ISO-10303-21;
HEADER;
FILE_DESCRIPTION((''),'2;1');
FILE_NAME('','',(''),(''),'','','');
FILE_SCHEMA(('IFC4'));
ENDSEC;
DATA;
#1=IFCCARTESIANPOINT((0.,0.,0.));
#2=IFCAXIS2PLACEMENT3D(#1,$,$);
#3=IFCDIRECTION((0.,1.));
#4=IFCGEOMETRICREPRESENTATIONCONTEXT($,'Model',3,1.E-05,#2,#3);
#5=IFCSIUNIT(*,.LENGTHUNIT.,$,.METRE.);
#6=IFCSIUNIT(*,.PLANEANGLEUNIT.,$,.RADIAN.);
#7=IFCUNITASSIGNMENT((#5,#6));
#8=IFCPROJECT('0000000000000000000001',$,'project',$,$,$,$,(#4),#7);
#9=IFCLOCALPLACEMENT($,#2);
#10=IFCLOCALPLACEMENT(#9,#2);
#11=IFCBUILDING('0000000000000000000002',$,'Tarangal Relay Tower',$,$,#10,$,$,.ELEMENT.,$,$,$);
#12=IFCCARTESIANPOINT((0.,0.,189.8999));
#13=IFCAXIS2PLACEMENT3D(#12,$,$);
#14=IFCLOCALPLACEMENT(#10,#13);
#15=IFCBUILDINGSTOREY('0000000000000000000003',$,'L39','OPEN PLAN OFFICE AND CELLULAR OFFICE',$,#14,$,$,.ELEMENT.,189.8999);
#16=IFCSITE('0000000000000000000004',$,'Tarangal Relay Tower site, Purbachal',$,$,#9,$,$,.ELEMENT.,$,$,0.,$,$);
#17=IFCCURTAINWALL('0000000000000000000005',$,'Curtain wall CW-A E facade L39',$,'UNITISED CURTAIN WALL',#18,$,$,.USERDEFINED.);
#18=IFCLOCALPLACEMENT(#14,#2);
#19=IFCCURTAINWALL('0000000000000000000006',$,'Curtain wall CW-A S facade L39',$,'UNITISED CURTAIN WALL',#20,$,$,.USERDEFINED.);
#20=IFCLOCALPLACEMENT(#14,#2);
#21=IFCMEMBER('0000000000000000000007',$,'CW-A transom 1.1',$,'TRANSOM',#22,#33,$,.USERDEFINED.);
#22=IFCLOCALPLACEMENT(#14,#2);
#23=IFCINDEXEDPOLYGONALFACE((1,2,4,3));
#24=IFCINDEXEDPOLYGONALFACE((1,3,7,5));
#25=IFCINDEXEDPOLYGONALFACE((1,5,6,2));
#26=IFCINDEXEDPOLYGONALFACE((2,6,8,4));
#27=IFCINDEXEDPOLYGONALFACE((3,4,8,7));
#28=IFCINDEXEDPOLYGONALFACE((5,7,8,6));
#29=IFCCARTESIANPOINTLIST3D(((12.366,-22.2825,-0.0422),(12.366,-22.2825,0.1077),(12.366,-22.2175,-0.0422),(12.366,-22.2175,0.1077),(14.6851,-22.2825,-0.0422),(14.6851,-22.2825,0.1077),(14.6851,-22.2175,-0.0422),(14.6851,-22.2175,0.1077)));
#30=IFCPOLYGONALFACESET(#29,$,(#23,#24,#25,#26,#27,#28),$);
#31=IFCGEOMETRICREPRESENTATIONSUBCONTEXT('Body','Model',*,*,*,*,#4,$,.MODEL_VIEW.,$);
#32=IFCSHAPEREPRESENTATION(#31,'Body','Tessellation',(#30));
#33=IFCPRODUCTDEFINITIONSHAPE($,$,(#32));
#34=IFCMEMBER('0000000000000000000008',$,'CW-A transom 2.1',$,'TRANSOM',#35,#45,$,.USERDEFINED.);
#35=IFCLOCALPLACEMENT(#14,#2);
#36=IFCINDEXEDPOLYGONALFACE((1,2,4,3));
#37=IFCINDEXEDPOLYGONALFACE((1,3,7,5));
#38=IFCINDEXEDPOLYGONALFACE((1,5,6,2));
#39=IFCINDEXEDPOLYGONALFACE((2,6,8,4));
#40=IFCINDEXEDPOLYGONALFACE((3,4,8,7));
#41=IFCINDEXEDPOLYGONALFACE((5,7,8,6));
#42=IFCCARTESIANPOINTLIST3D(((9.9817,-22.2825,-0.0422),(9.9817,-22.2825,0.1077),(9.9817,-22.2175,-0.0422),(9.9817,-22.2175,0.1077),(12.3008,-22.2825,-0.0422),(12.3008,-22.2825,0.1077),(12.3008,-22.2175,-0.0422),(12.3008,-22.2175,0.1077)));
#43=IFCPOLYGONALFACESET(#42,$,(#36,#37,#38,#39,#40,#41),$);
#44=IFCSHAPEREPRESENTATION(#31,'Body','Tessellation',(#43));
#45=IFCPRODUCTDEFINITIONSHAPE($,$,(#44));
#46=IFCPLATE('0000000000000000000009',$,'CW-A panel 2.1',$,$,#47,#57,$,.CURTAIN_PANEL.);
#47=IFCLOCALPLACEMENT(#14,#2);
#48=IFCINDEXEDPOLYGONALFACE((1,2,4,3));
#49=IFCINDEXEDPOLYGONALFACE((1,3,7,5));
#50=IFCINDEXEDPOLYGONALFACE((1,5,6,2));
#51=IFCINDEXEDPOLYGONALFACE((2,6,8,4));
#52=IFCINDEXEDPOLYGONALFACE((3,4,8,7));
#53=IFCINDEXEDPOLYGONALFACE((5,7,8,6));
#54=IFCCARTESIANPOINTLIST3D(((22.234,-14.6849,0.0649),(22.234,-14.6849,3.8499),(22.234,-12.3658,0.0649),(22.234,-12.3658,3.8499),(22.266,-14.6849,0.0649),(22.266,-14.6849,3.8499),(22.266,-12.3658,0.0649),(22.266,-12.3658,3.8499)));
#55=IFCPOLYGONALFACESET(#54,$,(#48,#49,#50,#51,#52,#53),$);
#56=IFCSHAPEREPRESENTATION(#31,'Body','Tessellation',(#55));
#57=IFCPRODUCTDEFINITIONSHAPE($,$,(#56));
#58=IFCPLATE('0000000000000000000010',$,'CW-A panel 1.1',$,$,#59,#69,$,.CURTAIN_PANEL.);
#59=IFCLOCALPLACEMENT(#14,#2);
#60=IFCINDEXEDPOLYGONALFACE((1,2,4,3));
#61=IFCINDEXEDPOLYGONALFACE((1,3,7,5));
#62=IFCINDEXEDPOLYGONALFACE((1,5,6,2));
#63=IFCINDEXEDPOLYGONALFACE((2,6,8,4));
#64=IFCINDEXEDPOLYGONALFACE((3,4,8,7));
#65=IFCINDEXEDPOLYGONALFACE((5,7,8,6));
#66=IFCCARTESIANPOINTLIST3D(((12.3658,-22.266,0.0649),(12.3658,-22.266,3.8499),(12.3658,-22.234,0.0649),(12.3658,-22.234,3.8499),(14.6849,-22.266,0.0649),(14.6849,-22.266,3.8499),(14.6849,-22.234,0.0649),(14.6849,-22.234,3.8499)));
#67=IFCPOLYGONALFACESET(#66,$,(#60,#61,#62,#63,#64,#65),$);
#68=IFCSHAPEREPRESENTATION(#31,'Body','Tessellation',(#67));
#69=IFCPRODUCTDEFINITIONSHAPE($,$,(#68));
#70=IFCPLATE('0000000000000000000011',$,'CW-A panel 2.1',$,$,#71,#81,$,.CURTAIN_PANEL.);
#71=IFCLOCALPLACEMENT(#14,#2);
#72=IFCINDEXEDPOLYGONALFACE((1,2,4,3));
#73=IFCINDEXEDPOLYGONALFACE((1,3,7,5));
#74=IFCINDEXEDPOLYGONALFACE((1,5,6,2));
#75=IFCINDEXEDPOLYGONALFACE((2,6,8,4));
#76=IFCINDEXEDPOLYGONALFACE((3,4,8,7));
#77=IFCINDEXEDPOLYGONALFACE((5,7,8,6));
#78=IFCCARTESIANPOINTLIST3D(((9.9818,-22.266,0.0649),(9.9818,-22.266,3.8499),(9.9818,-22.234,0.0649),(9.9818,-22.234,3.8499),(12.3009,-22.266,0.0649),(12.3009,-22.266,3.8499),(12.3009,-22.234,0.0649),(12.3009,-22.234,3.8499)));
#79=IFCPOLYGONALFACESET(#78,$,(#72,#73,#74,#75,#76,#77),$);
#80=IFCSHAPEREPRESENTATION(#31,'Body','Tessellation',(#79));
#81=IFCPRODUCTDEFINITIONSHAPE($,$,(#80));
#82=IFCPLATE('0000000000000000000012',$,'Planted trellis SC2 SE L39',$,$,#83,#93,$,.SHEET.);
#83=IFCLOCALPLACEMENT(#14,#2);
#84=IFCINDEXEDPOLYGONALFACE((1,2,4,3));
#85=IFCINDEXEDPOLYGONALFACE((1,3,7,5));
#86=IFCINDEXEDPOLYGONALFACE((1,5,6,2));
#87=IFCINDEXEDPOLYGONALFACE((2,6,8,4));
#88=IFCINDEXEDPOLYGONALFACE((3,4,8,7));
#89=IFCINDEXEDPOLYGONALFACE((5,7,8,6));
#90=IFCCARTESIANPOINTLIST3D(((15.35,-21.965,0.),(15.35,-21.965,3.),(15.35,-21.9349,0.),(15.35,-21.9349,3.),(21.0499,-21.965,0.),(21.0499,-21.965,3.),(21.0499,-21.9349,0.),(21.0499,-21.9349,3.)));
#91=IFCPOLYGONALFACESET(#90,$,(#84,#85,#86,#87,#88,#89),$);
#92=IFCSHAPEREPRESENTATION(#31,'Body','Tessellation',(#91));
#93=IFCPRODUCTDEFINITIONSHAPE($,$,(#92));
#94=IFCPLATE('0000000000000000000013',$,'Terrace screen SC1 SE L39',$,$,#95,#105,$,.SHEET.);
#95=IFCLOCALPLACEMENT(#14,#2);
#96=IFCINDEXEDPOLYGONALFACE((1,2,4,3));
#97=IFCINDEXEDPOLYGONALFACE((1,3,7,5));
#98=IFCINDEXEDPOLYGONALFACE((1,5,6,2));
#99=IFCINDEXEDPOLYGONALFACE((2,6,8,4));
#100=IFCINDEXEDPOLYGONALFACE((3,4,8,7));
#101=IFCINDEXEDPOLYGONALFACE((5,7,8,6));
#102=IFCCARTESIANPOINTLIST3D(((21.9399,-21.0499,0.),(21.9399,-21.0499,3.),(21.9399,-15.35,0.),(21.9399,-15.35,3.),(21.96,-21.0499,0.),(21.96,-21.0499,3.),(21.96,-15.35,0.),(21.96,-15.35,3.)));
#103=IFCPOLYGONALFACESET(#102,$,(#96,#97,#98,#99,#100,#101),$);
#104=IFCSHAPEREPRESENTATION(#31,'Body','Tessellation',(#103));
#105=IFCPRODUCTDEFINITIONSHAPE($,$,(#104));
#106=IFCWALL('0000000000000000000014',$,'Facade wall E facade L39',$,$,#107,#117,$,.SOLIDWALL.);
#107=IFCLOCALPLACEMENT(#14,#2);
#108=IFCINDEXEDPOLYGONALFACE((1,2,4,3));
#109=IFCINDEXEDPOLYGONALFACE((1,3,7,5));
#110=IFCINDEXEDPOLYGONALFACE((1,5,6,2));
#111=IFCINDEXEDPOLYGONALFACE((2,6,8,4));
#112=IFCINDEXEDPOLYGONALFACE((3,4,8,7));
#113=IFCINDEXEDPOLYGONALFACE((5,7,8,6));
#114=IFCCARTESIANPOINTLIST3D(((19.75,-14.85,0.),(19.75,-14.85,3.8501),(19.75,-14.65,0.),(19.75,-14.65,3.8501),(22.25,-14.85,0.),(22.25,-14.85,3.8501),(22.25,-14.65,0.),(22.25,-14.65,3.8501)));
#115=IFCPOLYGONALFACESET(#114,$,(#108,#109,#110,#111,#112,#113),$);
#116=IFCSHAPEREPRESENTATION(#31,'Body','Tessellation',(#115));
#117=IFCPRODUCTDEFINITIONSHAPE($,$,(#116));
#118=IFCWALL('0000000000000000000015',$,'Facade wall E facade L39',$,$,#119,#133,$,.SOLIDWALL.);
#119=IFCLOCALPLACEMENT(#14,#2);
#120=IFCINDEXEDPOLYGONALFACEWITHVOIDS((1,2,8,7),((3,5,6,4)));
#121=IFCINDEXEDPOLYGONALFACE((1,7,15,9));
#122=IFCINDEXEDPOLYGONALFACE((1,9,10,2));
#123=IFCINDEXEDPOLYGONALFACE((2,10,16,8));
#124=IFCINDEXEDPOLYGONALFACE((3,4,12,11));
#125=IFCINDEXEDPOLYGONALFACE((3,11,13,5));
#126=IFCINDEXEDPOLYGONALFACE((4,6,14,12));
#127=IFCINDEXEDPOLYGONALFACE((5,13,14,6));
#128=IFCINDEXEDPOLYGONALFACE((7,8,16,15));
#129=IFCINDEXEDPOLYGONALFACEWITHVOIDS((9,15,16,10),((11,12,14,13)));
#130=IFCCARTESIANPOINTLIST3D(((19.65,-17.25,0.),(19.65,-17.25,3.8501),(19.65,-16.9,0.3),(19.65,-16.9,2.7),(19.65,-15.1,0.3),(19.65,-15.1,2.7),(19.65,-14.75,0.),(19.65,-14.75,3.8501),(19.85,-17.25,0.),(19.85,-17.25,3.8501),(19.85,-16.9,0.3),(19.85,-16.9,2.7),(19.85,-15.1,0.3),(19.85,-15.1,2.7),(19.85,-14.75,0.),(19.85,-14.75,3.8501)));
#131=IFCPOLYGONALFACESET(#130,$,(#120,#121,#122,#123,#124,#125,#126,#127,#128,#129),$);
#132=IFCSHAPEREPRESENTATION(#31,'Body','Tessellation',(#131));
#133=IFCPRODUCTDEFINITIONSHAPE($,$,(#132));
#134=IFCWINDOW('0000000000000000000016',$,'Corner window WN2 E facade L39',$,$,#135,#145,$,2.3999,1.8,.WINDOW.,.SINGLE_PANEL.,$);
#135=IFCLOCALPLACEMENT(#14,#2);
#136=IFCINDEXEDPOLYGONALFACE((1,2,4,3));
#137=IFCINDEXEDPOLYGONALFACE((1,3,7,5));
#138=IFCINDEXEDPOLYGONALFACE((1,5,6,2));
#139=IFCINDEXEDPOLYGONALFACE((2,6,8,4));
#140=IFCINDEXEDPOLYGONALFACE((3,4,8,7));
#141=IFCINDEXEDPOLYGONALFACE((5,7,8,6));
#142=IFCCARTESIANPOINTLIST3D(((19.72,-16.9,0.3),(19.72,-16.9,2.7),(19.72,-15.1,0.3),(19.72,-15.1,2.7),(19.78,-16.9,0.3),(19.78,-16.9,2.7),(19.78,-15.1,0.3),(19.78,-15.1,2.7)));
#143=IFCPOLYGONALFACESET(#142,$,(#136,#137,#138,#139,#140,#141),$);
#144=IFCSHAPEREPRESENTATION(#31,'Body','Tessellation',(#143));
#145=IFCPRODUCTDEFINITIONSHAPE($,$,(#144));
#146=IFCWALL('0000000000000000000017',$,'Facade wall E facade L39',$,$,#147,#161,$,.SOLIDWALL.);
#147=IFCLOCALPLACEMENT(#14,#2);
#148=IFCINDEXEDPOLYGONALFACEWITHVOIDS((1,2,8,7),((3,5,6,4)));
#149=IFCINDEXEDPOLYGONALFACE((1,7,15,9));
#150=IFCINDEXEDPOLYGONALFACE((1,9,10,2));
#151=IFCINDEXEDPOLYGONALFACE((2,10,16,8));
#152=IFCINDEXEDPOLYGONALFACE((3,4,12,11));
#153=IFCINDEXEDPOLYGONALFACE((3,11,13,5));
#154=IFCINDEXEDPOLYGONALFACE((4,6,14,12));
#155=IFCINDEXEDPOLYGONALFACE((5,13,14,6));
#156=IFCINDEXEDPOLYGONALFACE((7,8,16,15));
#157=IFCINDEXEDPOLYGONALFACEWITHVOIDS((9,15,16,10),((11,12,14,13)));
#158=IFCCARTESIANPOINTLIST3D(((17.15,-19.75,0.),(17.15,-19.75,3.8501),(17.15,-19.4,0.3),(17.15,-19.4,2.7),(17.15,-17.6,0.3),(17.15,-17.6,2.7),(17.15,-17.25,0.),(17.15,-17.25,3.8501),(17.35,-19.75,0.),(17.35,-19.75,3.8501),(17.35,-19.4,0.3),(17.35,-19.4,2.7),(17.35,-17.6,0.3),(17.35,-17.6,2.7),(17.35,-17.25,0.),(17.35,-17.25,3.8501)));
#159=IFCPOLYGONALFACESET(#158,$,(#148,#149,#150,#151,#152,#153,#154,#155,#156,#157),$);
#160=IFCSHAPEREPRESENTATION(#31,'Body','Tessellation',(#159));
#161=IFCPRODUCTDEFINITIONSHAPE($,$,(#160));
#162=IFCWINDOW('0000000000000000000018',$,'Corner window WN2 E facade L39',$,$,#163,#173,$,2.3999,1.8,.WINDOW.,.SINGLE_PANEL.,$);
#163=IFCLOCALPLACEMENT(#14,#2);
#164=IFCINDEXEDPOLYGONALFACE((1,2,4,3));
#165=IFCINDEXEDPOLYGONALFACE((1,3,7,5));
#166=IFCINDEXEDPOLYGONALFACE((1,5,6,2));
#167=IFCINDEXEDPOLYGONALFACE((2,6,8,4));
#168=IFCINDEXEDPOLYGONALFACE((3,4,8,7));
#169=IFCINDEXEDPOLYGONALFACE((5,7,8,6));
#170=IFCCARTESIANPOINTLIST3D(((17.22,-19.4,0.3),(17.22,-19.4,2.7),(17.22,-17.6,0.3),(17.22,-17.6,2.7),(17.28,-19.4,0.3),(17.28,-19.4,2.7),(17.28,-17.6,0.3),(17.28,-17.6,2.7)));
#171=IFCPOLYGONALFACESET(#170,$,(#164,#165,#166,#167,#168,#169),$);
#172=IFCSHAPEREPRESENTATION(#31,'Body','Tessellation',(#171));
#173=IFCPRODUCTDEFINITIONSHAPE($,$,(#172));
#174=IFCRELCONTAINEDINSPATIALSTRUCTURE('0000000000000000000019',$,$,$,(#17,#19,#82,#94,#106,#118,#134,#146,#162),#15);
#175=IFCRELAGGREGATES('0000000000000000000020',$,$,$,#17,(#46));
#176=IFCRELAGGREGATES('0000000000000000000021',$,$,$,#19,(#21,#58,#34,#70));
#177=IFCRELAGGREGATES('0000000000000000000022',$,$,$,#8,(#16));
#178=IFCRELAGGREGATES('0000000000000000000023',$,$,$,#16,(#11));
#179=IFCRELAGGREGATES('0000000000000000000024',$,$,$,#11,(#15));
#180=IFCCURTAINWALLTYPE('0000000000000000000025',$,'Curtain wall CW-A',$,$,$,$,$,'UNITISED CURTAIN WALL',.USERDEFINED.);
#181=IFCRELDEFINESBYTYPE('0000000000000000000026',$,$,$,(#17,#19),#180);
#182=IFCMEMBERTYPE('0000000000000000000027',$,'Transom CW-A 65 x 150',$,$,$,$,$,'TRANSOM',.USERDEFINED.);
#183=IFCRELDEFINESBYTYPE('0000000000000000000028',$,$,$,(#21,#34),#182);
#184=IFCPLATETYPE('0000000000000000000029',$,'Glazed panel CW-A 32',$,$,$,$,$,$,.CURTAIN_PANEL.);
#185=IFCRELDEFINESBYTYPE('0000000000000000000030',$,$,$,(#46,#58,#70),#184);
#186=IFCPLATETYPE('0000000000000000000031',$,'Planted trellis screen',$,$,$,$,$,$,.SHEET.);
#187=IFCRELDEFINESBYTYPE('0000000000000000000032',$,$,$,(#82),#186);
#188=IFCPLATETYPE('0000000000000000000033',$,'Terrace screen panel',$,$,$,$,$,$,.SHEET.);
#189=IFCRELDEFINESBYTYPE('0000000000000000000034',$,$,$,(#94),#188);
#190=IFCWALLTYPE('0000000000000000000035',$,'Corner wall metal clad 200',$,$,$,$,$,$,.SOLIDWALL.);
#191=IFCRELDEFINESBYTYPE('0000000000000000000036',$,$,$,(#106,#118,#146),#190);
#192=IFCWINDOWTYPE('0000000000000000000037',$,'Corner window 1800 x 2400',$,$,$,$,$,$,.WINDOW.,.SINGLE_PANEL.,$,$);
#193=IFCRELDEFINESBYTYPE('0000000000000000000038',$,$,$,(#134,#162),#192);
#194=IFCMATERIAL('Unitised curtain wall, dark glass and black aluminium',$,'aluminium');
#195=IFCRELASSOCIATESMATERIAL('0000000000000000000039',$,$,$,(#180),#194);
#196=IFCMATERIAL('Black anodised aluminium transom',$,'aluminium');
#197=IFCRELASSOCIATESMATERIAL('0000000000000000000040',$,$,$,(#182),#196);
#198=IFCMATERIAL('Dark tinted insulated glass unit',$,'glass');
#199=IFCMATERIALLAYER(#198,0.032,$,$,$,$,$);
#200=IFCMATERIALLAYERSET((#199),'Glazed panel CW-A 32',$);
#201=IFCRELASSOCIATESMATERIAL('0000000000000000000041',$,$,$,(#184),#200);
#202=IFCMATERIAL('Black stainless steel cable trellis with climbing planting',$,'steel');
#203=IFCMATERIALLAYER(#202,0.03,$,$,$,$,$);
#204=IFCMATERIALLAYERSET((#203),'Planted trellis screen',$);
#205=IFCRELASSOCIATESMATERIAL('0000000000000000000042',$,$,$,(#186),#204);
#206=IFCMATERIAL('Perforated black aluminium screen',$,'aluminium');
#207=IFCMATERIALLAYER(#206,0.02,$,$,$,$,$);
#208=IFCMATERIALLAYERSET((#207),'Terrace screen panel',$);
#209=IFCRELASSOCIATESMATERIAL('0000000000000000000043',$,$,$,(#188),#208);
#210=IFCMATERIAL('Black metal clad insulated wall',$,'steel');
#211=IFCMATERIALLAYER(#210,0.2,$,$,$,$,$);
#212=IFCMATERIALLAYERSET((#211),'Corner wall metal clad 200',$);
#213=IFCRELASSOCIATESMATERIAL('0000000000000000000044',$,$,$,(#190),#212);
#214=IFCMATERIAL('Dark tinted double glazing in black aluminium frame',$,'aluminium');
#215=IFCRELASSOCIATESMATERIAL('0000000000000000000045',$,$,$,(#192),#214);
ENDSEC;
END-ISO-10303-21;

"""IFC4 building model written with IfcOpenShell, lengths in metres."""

from ifc_helpers import new_model, si_unit, direction, frame, frame_2d, origin, origin_2d, place, context, subcontext, project, spatial, rectangle, extrude, material, layer, layer_set, material_profile, profile_set, type_object, element, fill, aggregate, save


model = new_model("IFC4")

# Units and contexts
model_context = context("Model", 3, precision=1e-05, world=origin(), true_north=direction((0.0, 1.0)))
body_context = subcontext(model_context, "Body", "Model", "MODEL_VIEW")
ifc_project = project(units=[si_unit("LENGTHUNIT", "METRE"), si_unit("PLANEANGLEUNIT", "RADIAN")], contexts=[model_context])

# Site, building, storey
site_placement = place(None, origin())
site = spatial("IfcSite", under=ifc_project, at=site_placement, Name="Tarangal Relay Tower site, Purbachal", CompositionType="ELEMENT", RefElevation=0.0)
building_placement = place(site_placement, origin())
building = spatial("IfcBuilding", under=site, at=building_placement, Name="Tarangal Relay Tower", CompositionType="ELEMENT")
storey_placement = place(building_placement, frame((0.0, 0.0, 189.8999)))
storey = spatial("IfcBuildingStorey", under=building, at=storey_placement, Name="L39", Description="OPEN PLAN OFFICE AND CELLULAR OFFICE", CompositionType="ELEMENT", Elevation=189.8999)

# Curtain walls
ifc_material_1 = material(Name="Unitised curtain wall, dark glass and black aluminium", Category="aluminium")
curtain_wall_type = type_object("IfcCurtainWallType", Name="Curtain wall CW-A", ElementType="UNITISED CURTAIN WALL", PredefinedType="USERDEFINED", material=ifc_material_1)
curtain_wall_1_placement = place(storey_placement, origin())
curtain_wall_1 = element("IfcCurtainWall", 1, at=curtain_wall_1_placement, inside=storey, type_object=curtain_wall_type, Name="Curtain wall CW-A E facade L39", ObjectType="UNITISED CURTAIN WALL", PredefinedType="USERDEFINED")
curtain_wall_2_placement = place(storey_placement, origin())
curtain_wall_2 = element("IfcCurtainWall", 2, at=curtain_wall_2_placement, inside=storey, type_object=curtain_wall_type, Name="Curtain wall CW-A S facade L39", ObjectType="UNITISED CURTAIN WALL", PredefinedType="USERDEFINED")

# Members
ifc_material_2 = material(Name="Black anodised aluminium transom", Category="aluminium")
ifc_material_profile_1 = material_profile(ifc_material_2, rectangle(XDim=0.0649, YDim=0.1499, at=origin_2d()), Name="CW-AT 65X150")
ifc_profile_set_1 = profile_set([ifc_material_profile_1], Name="Black anodised aluminium transom")
member_type_1 = type_object("IfcMemberType", Name="Transom CW-A 65 x 150", ElementType="TRANSOM", PredefinedType="USERDEFINED", material=ifc_profile_set_1)
member_1_placement = place(storey_placement, frame((14.6851, -22.25, 0.0327), z_axis=(-1.0, 0.0, 0.0), x_axis=(0.0, -1.0, 0.0)))
member_1 = element("IfcMember", 3, at=member_1_placement, type_object=member_type_1, Name="CW-A transom 1.1", ObjectType="TRANSOM", PredefinedType="USERDEFINED", context=body_context, shape_type="SweptSolid", body=[
    extrude(rectangle(XDim=0.0649, YDim=0.1499, at=origin_2d()), origin(), (0.0, 0.0, 1.0), 2.3191),
])
member_2_placement = place(storey_placement, frame((12.3008, -22.25, 0.0327), z_axis=(-1.0, 0.0, 0.0), x_axis=(0.0, -1.0, 0.0)))
member_2 = element("IfcMember", 4, at=member_2_placement, type_object=member_type_1, Name="CW-A transom 2.1", ObjectType="TRANSOM", PredefinedType="USERDEFINED", context=body_context, shape_type="SweptSolid", body=[
    extrude(rectangle(XDim=0.0649, YDim=0.1499, at=origin_2d()), origin(), (0.0, 0.0, 1.0), 2.3191),
])

# Plates
ifc_material_3 = material(Name="Dark tinted insulated glass unit", Category="glass")
ifc_layer_1 = layer(ifc_material_3, 0.032)
ifc_layer_set_1 = layer_set([ifc_layer_1], Name="Glazed panel CW-A 32")
plate_type_1 = type_object("IfcPlateType", Name="Glazed panel CW-A 32", PredefinedType="CURTAIN_PANEL", material=ifc_layer_set_1)
plate_1_placement = place(storey_placement, frame((22.25, -13.5254, 0.0649), z_axis=(0.0, 0.0, 1.0), x_axis=(0.0, -1.0, 0.0)))
plate_1 = element("IfcPlate", 5, at=plate_1_placement, type_object=plate_type_1, Name="CW-A panel 2.1", PredefinedType="CURTAIN_PANEL", context=body_context, shape_type="SweptSolid", body=[
    extrude(rectangle(XDim=2.3191, YDim=0.032, at=origin_2d()), origin(), (0.0, 0.0, 1.0), 3.7849),
])
aggregate(curtain_wall_1, [plate_1])
plate_2_placement = place(storey_placement, frame((13.5254, -22.25, 0.0649), z_axis=(0.0, 0.0, 1.0), x_axis=(-1.0, 0.0, 0.0)))
plate_2 = element("IfcPlate", 6, at=plate_2_placement, type_object=plate_type_1, Name="CW-A panel 1.1", PredefinedType="CURTAIN_PANEL", context=body_context, shape_type="SweptSolid", body=[
    extrude(rectangle(XDim=2.3191, YDim=0.032, at=origin_2d()), origin(), (0.0, 0.0, 1.0), 3.7849),
])
plate_3_placement = place(storey_placement, frame((11.1414, -22.25, 0.0649), z_axis=(0.0, 0.0, 1.0), x_axis=(-1.0, 0.0, 0.0)))
plate_3 = element("IfcPlate", 7, at=plate_3_placement, type_object=plate_type_1, Name="CW-A panel 2.1", PredefinedType="CURTAIN_PANEL", context=body_context, shape_type="SweptSolid", body=[
    extrude(rectangle(XDim=2.3191, YDim=0.032, at=origin_2d()), origin(), (0.0, 0.0, 1.0), 3.7849),
])
aggregate(curtain_wall_2, [member_1, plate_2, member_2, plate_3])

# Plates
ifc_material_4 = material(Name="Black stainless steel cable trellis with climbing planting", Category="steel")
ifc_layer_2 = layer(ifc_material_4, 0.03)
ifc_layer_set_2 = layer_set([ifc_layer_2], Name="Planted trellis screen")
plate_type_2 = type_object("IfcPlateType", Name="Planted trellis screen", PredefinedType="SHEET", material=ifc_layer_set_2)
plate_4_placement = place(storey_placement, frame((18.2, -21.95, 0.0), z_axis=(0.0, 0.0, 1.0), x_axis=(-1.0, 0.0, 0.0)))
element("IfcPlate", 8, at=plate_4_placement, inside=storey, type_object=plate_type_2, Name="Planted trellis SC2 SE L39", PredefinedType="SHEET", context=body_context, shape_type="SweptSolid", body=[
    extrude(rectangle(XDim=5.7, YDim=0.03, at=origin_2d()), origin(), (0.0, 0.0, 1.0), 3.0),
])
ifc_material_5 = material(Name="Perforated black aluminium screen", Category="aluminium")
ifc_layer_3 = layer(ifc_material_5, 0.02)
ifc_layer_set_3 = layer_set([ifc_layer_3], Name="Terrace screen panel")
plate_type_3 = type_object("IfcPlateType", Name="Terrace screen panel", PredefinedType="SHEET", material=ifc_layer_set_3)
plate_5_placement = place(storey_placement, frame((21.95, -18.2, 0.0), z_axis=(0.0, 0.0, 1.0), x_axis=(0.0, -1.0, 0.0)))
element("IfcPlate", 9, at=plate_5_placement, inside=storey, type_object=plate_type_3, Name="Terrace screen SC1 SE L39", PredefinedType="SHEET", context=body_context, shape_type="SweptSolid", body=[
    extrude(rectangle(XDim=5.7, YDim=0.02, at=origin_2d()), origin(), (0.0, 0.0, 1.0), 3.0),
])

# Wall
ifc_material_6 = material(Name="Black metal clad insulated wall", Category="steel")
ifc_layer_4 = layer(ifc_material_6, 0.2)
ifc_layer_set_4 = layer_set([ifc_layer_4], Name="Corner wall metal clad 200")
wall_type_1 = type_object("IfcWallType", Name="Corner wall metal clad 200", PredefinedType="SOLIDWALL", material=ifc_layer_set_4)
wall_1_placement = place(storey_placement, frame((22.25, -14.75, 0.0), z_axis=(0.0, 0.0, 1.0), x_axis=(-1.0, 0.0, 0.0)))
element("IfcWall", 10, at=wall_1_placement, inside=storey, type_object=wall_type_1, Name="Facade wall E facade L39", PredefinedType="SOLIDWALL", context=body_context, shape_type="SweptSolid", body=[
    extrude(rectangle(XDim=2.5, YDim=0.2, at=frame_2d((1.25, 0.0))), origin(), (0.0, 0.0, 1.0), 3.8501),
])

# Wall, opening, window
wall_2_placement = place(storey_placement, frame((19.75, -14.75, 0.0), z_axis=(0.0, 0.0, 1.0), x_axis=(0.0, -1.0, 0.0)))
wall_2 = element("IfcWall", 11, at=wall_2_placement, inside=storey, type_object=wall_type_1, Name="Facade wall E facade L39", PredefinedType="SOLIDWALL", context=body_context, shape_type="SweptSolid", body=[
    extrude(rectangle(XDim=2.5, YDim=0.2, at=frame_2d((1.25, 0.0))), origin(), (0.0, 0.0, 1.0), 3.8501),
])
opening_1_placement = place(wall_2_placement, frame((0.3501, 0.0, 0.3)))
opening_1 = element("IfcOpeningElement", 12, at=opening_1_placement, cuts=wall_2, PredefinedType="OPENING", context=body_context, shape_type="SweptSolid", body=[
    extrude(rectangle(XDim=1.8, YDim=2.3999, at=frame_2d((0.8999, 1.2))), frame((0.0, 0.1099, 0.0), z_axis=(0.0, -1.0, 0.0), x_axis=(1.0, 0.0, 0.0)), (0.0, 0.0, 1.0), 0.22),
])
ifc_material_7 = material(Name="Dark tinted double glazing in black aluminium frame", Category="aluminium")
window_type = type_object("IfcWindowType", Name="Corner window 1800 x 2400", PartitioningType="SINGLE_PANEL", PredefinedType="WINDOW", material=ifc_material_7)
window_1_placement = place(opening_1_placement, origin())
window_1 = element("IfcWindow", 13, at=window_1_placement, inside=storey, type_object=window_type, Name="Corner window WN2 E facade L39", OverallHeight=2.3999, OverallWidth=1.8, PartitioningType="SINGLE_PANEL", PredefinedType="WINDOW", context=body_context, shape_type="SweptSolid", body=[
    extrude(rectangle(XDim=1.8, YDim=2.3999, at=frame_2d((0.8999, 1.2))), frame((0.0, 0.03, 0.0), z_axis=(0.0, -1.0, 0.0), x_axis=(1.0, 0.0, 0.0)), (0.0, 0.0, 1.0), 0.0601),
])
fill(opening_1, window_1)

# Wall, opening, window
wall_3_placement = place(storey_placement, frame((17.25, -17.25, 0.0), z_axis=(0.0, 0.0, 1.0), x_axis=(0.0, -1.0, 0.0)))
wall_3 = element("IfcWall", 14, at=wall_3_placement, inside=storey, type_object=wall_type_1, Name="Facade wall E facade L39", PredefinedType="SOLIDWALL", context=body_context, shape_type="SweptSolid", body=[
    extrude(rectangle(XDim=2.5, YDim=0.2, at=frame_2d((1.25, 0.0))), origin(), (0.0, 0.0, 1.0), 3.8501),
])
opening_2_placement = place(wall_3_placement, frame((0.3501, 0.0, 0.3)))
opening_2 = element("IfcOpeningElement", 15, at=opening_2_placement, cuts=wall_3, PredefinedType="OPENING", context=body_context, shape_type="SweptSolid", body=[
    extrude(rectangle(XDim=1.8, YDim=2.3999, at=frame_2d((0.8999, 1.2))), frame((0.0, 0.1099, 0.0), z_axis=(0.0, -1.0, 0.0), x_axis=(1.0, 0.0, 0.0)), (0.0, 0.0, 1.0), 0.22),
])
window_2_placement = place(opening_2_placement, origin())
window_2 = element("IfcWindow", 16, at=window_2_placement, inside=storey, type_object=window_type, Name="Corner window WN2 E facade L39", OverallHeight=2.3999, OverallWidth=1.8, PartitioningType="SINGLE_PANEL", PredefinedType="WINDOW", context=body_context, shape_type="SweptSolid", body=[
    extrude(rectangle(XDim=1.8, YDim=2.3999, at=frame_2d((0.8999, 1.2))), frame((0.0, 0.03, 0.0), z_axis=(0.0, -1.0, 0.0), x_axis=(1.0, 0.0, 0.0)), (0.0, 0.0, 1.0), 0.0601),
])
fill(opening_2, window_2)

save(model, "model.ifc")
